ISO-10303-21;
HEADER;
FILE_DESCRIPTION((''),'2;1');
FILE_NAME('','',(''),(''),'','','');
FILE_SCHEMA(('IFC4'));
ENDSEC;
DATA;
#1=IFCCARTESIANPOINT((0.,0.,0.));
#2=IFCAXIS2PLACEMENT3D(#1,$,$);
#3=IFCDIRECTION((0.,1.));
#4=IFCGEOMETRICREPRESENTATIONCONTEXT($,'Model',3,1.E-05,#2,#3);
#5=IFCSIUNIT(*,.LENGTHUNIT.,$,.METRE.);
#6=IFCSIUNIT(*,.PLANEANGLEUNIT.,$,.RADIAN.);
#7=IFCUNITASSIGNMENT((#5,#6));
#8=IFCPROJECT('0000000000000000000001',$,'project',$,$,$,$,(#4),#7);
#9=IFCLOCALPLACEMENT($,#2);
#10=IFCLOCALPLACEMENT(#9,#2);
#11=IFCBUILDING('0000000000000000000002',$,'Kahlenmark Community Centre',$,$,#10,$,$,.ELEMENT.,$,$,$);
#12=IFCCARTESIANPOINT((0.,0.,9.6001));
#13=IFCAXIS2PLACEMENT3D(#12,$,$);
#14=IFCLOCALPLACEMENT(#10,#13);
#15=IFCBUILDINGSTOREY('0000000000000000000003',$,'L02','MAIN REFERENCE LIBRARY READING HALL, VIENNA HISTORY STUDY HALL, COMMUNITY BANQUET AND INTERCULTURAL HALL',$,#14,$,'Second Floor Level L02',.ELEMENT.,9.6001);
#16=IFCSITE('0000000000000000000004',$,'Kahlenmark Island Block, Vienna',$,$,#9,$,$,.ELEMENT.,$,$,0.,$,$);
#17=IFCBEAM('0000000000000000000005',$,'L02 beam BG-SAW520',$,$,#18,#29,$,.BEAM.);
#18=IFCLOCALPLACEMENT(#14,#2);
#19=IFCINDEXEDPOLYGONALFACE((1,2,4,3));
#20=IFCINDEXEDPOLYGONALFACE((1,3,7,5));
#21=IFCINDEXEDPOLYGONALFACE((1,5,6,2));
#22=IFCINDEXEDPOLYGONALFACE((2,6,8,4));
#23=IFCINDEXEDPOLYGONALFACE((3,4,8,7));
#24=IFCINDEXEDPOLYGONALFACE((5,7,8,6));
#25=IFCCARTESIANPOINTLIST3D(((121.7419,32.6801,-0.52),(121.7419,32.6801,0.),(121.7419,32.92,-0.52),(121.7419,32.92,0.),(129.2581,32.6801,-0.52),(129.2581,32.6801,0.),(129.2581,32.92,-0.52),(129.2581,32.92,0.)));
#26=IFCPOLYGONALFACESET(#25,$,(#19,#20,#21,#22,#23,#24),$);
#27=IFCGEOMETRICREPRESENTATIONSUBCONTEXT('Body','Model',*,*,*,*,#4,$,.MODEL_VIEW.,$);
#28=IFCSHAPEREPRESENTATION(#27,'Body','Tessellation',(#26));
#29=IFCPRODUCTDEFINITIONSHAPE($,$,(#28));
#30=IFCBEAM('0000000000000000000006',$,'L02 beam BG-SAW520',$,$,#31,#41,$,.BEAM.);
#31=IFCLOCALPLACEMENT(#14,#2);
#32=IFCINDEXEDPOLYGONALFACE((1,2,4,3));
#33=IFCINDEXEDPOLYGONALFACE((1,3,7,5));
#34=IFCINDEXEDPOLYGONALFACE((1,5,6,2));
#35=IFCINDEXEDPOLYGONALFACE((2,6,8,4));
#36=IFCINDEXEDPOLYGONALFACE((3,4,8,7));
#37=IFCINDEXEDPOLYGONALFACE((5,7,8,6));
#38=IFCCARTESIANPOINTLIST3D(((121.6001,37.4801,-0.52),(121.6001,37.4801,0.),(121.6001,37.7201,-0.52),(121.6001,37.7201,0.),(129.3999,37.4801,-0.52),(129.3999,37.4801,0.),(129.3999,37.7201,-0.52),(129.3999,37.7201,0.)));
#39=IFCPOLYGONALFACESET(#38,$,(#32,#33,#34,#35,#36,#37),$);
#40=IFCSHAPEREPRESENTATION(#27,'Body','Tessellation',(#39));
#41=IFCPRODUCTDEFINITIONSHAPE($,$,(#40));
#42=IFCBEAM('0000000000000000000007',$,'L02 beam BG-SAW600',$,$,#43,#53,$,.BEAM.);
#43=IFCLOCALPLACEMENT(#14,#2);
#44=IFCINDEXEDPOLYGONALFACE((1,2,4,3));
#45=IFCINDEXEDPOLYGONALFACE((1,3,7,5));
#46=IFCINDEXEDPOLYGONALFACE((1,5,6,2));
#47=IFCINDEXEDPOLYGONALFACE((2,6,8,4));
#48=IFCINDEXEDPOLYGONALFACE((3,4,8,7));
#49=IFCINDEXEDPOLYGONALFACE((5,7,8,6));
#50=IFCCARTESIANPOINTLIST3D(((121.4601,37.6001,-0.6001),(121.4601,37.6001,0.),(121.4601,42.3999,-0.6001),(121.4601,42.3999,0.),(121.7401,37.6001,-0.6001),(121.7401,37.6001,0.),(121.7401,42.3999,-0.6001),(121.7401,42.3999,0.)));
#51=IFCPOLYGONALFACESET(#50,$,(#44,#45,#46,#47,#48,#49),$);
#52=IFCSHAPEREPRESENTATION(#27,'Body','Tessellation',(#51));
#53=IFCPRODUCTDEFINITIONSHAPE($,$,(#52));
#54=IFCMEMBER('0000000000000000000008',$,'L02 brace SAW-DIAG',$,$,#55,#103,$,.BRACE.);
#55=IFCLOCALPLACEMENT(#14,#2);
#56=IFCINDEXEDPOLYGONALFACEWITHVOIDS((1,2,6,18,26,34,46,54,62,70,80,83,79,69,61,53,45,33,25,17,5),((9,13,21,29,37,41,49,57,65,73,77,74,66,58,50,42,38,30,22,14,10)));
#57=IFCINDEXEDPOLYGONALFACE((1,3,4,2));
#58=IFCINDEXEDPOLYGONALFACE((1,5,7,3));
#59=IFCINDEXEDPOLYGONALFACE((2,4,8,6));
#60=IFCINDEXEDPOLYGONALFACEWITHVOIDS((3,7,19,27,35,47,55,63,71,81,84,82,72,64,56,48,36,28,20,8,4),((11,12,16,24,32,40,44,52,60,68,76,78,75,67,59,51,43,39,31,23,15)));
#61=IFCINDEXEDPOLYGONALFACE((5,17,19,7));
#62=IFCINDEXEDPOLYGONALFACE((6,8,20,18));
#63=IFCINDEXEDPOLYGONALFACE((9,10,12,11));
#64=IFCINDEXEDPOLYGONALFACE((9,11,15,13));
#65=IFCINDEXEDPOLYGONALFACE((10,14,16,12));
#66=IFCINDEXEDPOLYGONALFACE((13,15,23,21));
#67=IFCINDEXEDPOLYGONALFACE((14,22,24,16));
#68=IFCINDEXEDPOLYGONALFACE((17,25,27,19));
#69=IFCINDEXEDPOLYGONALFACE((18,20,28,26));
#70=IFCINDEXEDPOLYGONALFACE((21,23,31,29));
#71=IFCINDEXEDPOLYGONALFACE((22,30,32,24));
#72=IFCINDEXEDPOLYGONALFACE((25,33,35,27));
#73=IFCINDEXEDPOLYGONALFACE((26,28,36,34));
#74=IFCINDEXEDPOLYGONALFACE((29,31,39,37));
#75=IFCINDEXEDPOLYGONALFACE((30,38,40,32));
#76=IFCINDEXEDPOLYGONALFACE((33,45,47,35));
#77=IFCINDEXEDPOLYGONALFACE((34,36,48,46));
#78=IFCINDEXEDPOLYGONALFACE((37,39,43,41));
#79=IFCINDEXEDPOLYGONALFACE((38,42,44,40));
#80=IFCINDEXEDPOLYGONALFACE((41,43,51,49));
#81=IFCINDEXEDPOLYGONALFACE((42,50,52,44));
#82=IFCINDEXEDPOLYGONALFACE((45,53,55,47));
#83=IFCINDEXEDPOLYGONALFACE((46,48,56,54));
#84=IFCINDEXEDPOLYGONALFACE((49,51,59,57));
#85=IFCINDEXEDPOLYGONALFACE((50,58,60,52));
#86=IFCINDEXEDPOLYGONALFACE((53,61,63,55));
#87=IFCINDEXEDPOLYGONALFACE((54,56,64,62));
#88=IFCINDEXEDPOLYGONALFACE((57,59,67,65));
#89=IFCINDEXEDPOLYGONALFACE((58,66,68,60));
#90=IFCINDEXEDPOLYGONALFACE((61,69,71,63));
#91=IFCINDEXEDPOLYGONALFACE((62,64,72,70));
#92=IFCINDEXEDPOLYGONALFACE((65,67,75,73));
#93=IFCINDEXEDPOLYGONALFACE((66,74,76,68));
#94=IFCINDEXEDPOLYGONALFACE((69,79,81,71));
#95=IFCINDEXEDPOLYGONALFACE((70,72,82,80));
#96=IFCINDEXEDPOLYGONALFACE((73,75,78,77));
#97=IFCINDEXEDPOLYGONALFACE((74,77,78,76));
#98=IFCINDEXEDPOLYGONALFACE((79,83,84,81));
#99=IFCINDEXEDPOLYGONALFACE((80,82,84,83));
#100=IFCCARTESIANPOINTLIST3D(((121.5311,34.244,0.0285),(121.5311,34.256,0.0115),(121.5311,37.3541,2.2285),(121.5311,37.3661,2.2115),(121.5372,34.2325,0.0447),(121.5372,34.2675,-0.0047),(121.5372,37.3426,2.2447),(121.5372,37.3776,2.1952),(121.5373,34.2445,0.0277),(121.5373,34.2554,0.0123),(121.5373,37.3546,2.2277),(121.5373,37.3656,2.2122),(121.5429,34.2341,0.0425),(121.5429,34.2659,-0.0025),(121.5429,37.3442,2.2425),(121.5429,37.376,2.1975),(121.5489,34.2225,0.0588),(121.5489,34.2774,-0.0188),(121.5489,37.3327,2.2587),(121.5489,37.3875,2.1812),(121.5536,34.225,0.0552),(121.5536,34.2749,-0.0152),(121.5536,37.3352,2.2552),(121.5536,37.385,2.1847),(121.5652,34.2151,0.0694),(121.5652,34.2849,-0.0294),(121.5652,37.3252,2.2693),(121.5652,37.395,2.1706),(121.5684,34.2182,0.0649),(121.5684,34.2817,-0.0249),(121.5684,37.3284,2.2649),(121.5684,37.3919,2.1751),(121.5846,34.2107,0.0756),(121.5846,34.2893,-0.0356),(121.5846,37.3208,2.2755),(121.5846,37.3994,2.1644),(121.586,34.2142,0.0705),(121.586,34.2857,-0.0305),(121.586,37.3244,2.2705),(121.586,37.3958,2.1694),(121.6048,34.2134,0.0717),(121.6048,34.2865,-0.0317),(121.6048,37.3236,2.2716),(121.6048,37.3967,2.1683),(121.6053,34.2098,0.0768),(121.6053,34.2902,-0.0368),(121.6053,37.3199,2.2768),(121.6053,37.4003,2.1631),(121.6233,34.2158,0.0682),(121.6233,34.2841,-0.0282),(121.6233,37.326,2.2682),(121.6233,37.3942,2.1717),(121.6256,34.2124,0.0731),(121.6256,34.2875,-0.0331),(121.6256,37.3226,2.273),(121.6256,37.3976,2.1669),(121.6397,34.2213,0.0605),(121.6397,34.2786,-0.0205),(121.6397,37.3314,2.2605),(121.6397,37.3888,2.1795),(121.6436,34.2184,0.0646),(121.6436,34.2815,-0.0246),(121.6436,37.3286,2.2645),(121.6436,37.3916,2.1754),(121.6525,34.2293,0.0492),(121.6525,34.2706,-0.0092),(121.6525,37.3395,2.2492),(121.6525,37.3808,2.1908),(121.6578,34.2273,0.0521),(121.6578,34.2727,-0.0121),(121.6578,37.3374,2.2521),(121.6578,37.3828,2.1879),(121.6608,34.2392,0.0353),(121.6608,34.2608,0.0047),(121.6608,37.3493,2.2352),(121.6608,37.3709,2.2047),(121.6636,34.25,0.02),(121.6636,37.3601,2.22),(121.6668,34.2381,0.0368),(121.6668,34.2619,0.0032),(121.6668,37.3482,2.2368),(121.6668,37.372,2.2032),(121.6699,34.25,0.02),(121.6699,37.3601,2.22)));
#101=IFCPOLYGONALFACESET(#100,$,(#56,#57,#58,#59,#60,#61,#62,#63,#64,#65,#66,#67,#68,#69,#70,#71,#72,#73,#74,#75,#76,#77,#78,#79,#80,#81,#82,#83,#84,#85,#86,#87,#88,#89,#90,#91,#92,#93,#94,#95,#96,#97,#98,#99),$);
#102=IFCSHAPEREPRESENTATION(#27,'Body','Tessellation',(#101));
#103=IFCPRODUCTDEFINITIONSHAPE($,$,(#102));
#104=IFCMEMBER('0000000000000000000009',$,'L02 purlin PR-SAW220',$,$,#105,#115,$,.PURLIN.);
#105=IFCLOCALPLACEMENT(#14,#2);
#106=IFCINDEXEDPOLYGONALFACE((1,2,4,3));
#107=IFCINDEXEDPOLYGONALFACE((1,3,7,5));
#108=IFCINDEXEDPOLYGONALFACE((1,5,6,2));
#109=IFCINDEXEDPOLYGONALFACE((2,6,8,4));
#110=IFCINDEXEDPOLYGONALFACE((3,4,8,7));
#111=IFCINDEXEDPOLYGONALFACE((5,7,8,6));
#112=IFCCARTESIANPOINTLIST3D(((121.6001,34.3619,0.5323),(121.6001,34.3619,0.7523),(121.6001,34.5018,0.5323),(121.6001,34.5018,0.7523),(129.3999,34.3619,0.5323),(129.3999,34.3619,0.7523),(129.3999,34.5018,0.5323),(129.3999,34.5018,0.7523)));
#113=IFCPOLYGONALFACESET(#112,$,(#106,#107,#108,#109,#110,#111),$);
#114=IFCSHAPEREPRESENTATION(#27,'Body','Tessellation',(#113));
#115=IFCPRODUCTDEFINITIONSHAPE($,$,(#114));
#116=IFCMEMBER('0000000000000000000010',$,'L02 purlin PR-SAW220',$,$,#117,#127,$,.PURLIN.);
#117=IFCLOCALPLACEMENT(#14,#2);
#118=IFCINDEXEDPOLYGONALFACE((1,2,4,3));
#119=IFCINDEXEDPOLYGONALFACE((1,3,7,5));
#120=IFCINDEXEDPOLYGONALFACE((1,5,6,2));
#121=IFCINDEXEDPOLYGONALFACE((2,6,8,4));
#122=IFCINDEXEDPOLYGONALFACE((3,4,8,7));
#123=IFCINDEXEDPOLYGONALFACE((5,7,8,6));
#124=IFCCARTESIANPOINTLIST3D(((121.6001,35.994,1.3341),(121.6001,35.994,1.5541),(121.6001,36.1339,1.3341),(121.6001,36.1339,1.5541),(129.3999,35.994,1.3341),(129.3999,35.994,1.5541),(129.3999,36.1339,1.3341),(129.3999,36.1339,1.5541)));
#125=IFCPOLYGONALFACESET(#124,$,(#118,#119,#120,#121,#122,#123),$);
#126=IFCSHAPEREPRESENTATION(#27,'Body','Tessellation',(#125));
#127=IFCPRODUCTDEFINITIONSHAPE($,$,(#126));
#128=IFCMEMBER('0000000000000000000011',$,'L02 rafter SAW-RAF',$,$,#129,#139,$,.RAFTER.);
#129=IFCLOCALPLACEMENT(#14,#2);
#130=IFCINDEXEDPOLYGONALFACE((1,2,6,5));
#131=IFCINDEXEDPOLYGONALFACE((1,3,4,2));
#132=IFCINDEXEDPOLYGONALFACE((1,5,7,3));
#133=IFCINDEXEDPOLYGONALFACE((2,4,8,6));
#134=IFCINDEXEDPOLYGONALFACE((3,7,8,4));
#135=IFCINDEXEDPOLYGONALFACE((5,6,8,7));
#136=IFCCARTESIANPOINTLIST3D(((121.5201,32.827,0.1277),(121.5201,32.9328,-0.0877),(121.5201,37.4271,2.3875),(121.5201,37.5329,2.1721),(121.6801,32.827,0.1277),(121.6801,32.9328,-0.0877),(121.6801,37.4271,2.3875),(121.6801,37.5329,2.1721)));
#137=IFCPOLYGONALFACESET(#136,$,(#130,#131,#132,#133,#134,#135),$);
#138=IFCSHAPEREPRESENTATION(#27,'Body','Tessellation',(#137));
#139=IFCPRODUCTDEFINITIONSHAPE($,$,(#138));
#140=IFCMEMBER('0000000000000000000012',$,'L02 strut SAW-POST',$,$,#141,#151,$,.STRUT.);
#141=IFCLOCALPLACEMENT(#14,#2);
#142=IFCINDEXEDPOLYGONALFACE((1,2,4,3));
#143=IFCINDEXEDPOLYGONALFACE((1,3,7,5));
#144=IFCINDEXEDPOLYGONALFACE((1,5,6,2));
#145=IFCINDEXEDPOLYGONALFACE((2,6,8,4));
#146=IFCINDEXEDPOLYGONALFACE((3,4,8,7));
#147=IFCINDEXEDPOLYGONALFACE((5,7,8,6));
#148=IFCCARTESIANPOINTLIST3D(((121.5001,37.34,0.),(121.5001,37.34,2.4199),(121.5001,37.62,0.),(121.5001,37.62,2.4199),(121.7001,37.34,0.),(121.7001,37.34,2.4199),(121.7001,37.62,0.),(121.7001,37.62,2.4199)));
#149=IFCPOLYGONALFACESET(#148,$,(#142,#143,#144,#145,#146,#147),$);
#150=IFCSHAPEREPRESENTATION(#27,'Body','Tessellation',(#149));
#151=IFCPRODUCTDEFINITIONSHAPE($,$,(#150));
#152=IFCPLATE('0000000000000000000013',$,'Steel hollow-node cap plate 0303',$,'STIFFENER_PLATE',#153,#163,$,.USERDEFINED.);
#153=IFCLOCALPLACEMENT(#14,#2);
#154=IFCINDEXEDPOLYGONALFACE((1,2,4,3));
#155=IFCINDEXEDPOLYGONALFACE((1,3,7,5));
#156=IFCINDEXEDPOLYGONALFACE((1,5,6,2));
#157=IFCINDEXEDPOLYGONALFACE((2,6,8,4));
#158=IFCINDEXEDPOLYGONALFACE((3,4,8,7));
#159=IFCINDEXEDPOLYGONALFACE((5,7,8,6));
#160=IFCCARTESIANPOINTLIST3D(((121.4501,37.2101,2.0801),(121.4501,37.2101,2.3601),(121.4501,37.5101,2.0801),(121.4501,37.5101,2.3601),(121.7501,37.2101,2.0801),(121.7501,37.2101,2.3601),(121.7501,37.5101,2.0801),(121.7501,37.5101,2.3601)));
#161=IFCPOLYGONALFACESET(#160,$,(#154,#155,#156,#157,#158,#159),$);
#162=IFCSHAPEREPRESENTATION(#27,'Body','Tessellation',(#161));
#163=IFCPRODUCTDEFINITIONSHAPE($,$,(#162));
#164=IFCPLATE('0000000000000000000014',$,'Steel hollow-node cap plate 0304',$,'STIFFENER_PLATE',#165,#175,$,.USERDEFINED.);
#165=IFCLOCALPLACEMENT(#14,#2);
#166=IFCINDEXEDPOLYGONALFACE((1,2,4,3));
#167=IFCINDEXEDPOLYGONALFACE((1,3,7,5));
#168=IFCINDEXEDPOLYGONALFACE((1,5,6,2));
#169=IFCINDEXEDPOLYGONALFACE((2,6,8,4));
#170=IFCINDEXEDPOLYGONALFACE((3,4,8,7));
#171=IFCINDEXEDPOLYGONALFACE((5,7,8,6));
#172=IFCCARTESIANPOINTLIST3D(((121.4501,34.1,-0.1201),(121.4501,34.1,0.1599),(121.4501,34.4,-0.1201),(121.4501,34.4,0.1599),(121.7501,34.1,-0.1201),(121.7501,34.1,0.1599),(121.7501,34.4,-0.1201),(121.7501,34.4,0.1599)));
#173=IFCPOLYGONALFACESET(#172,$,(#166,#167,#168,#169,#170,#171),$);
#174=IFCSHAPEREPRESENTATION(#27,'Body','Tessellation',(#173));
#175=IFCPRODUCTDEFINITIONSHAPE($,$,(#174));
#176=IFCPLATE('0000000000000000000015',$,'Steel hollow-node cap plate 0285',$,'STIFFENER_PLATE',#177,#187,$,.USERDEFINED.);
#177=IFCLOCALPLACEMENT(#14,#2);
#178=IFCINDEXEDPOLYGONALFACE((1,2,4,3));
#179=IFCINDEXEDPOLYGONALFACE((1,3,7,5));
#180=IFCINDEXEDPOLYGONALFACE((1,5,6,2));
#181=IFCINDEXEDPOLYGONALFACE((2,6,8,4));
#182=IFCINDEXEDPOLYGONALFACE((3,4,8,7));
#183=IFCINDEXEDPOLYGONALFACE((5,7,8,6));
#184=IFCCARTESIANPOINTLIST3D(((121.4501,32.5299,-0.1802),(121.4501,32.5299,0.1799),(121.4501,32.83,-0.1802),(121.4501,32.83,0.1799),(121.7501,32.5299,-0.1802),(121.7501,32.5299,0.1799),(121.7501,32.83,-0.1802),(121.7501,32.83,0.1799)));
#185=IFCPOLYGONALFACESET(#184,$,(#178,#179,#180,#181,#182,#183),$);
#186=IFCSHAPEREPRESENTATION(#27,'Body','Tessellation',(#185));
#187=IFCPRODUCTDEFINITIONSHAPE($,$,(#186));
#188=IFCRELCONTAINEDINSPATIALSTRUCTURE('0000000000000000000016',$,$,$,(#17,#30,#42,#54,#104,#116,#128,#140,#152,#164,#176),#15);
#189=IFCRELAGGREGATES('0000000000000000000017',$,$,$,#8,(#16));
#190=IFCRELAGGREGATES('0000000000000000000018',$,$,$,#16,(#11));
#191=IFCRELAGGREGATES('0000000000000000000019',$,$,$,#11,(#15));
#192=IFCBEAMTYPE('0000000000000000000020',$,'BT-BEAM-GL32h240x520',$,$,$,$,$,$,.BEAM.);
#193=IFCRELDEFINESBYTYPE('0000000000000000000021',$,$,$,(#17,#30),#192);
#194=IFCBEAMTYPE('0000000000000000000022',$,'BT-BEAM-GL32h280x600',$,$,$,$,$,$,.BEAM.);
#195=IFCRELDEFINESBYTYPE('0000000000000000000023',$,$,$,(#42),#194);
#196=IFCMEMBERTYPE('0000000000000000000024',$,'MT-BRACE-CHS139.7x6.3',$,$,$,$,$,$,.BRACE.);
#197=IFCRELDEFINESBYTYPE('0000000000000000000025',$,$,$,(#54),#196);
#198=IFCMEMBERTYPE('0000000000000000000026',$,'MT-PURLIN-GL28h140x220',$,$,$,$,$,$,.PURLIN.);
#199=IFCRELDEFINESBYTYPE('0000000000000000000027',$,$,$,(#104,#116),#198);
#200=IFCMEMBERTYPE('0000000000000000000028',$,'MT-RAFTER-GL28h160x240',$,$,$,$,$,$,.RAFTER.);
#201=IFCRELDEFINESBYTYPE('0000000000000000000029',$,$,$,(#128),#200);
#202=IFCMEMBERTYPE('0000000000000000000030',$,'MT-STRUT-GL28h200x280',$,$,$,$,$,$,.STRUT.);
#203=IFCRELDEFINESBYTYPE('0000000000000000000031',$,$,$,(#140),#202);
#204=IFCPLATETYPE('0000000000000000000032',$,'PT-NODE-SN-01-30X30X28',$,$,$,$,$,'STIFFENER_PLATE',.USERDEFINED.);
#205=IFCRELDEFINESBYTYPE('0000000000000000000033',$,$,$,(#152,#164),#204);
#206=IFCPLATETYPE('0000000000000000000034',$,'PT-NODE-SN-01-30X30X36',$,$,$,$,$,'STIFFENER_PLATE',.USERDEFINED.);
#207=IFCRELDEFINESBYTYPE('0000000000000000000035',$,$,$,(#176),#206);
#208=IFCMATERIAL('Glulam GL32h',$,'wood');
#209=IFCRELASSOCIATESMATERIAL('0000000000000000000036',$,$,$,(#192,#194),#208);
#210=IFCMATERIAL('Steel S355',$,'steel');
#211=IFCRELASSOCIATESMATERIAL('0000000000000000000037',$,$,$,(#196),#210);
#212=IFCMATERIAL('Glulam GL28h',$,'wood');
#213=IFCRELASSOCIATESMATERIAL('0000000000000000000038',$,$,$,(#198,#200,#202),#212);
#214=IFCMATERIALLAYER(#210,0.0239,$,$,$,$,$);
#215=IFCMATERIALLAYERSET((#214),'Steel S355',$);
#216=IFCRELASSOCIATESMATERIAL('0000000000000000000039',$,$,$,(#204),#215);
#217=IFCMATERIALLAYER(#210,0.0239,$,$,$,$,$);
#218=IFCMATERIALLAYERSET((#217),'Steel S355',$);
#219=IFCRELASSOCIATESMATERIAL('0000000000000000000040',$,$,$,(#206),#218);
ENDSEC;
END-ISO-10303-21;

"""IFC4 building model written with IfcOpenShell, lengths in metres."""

from ifc_helpers import new_model, si_unit, direction, frame, origin, origin_2d, place, context, subcontext, project, spatial, rectangle, hollow_circle, extrude, material, layer, layer_set, material_profile, profile_set, type_object, element, save


model = new_model("IFC4")

# Units and contexts
model_context = context("Model", 3, precision=1e-05, world=origin(), true_north=direction((0.0, 1.0)))
body_context = subcontext(model_context, "Body", "Model", "MODEL_VIEW")
ifc_project = project(units=[si_unit("LENGTHUNIT", "METRE"), si_unit("PLANEANGLEUNIT", "RADIAN")], contexts=[model_context])

# Site, building, storey
site_placement = place(None, origin())
site = spatial("IfcSite", under=ifc_project, at=site_placement, Name="Kahlenmark Island Block, Vienna", CompositionType="ELEMENT", RefElevation=0.0)
building_placement = place(site_placement, origin())
building = spatial("IfcBuilding", under=site, at=building_placement, Name="Kahlenmark Community Centre", CompositionType="ELEMENT")
storey_placement = place(building_placement, frame((0.0, 0.0, 9.6001)))
storey = spatial("IfcBuildingStorey", under=building, at=storey_placement, Name="L02", Description="MAIN REFERENCE LIBRARY READING HALL, VIENNA HISTORY STUDY HALL, COMMUNITY BANQUET AND INTERCULTURAL HALL", LongName="Second Floor Level L02", CompositionType="ELEMENT", Elevation=9.6001)

# Beams
ifc_material_1 = material(Name="Glulam GL32h", Category="wood")
ifc_material_profile_1 = material_profile(ifc_material_1, rectangle(XDim=0.24, YDim=0.52, at=origin_2d()), Name="GL32h 240x520")
ifc_profile_set_1 = profile_set([ifc_material_profile_1], Name="Glulam GL32h")
beam_type_1 = type_object("IfcBeamType", Name="BT-BEAM-GL32h240x520", PredefinedType="BEAM", material=ifc_profile_set_1)
beam_1_placement = place(storey_placement, frame((121.7419, 32.8, -0.26), z_axis=(1.0, 0.0, 0.0), x_axis=(0.0, 1.0, 0.0)))
element("IfcBeam", 1, at=beam_1_placement, inside=storey, type_object=beam_type_1, Name="L02 beam BG-SAW520", PredefinedType="BEAM", context=body_context, shape_type="SweptSolid", body=[
    extrude(rectangle(XDim=0.24, YDim=0.52, at=origin_2d()), origin(), (0.0, 0.0, 1.0), 7.5161),
])
beam_2_placement = place(storey_placement, frame((121.6001, 37.6001, -0.26), z_axis=(1.0, 0.0, 0.0), x_axis=(0.0, 1.0, 0.0)))
element("IfcBeam", 2, at=beam_2_placement, inside=storey, type_object=beam_type_1, Name="L02 beam BG-SAW520", PredefinedType="BEAM", context=body_context, shape_type="SweptSolid", body=[
    extrude(rectangle(XDim=0.24, YDim=0.52, at=origin_2d()), origin(), (0.0, 0.0, 1.0), 7.7998),
])
ifc_material_profile_2 = material_profile(ifc_material_1, rectangle(XDim=0.28, YDim=0.6001, at=origin_2d()), Name="GL32h 280x600")
ifc_profile_set_2 = profile_set([ifc_material_profile_2], Name="Glulam GL32h")
beam_type_2 = type_object("IfcBeamType", Name="BT-BEAM-GL32h280x600", PredefinedType="BEAM", material=ifc_profile_set_2)
beam_3_placement = place(storey_placement, frame((121.6001, 37.6001, -0.3), z_axis=(0.0, 1.0, 0.0), x_axis=(-1.0, 0.0, 0.0)))
element("IfcBeam", 3, at=beam_3_placement, inside=storey, type_object=beam_type_2, Name="L02 beam BG-SAW600", PredefinedType="BEAM", context=body_context, shape_type="SweptSolid", body=[
    extrude(rectangle(XDim=0.28, YDim=0.6001, at=origin_2d()), origin(), (0.0, 0.0, 1.0), 4.7998),
])

# Members
ifc_material_2 = material(Name="Steel S355", Category="steel")
ifc_material_profile_3 = material_profile(ifc_material_2, hollow_circle(Radius=0.0698, WallThickness=0.0063, at=origin_2d()), Name="CHS 139.7x6.3")
ifc_profile_set_3 = profile_set([ifc_material_profile_3], Name="Steel S355")
member_type_1 = type_object("IfcMemberType", Name="MT-BRACE-CHS139.7x6.3", PredefinedType="BRACE", material=ifc_profile_set_3)
member_1_placement = place(storey_placement, frame((121.6001, 37.3601, 2.22), z_axis=(0.0, -0.816401, -0.577486), x_axis=(1.0, 0.0, 0.0)))
element("IfcMember", 4, at=member_1_placement, inside=storey, type_object=member_type_1, Name="L02 brace SAW-DIAG", PredefinedType="BRACE", context=body_context, shape_type="SweptSolid", body=[
    extrude(hollow_circle(Radius=0.0698, WallThickness=0.0063, at=origin_2d()), origin(), (0.0, 0.0, 1.0), 3.8096),
])
ifc_material_3 = material(Name="Glulam GL28h", Category="wood")
ifc_material_profile_4 = material_profile(ifc_material_3, rectangle(XDim=0.1399, YDim=0.22, at=origin_2d()), Name="GL28h 140x220")
ifc_profile_set_4 = profile_set([ifc_material_profile_4], Name="Glulam GL28h")
member_type_2 = type_object("IfcMemberType", Name="MT-PURLIN-GL28h140x220", PredefinedType="PURLIN", material=ifc_profile_set_4)
for number, where, z_axis, x_axis, name in (
    (5, (121.6001, 34.4319, 0.6423), (1.0, 0.0, 0.0), (0.0, 1.0, 0.0), "L02 purlin PR-SAW220"),
    (6, (121.6001, 36.064, 1.4441), (1.0, 0.0, 0.0), (0.0, 1.0, 0.0), "L02 purlin PR-SAW220"),
):
    element("IfcMember", number, at=place(storey_placement, frame(where, z_axis=z_axis, x_axis=x_axis)), inside=storey, type_object=member_type_2, Name=name, PredefinedType="PURLIN", context=body_context, shape_type="SweptSolid", body=[
        extrude(rectangle(XDim=0.1399, YDim=0.22, at=origin_2d()), origin(), (0.0, 0.0, 1.0), 7.7998),
    ])
ifc_material_profile_5 = material_profile(ifc_material_3, rectangle(XDim=0.1599, YDim=0.24, at=origin_2d()), Name="GL28h 160x240")
ifc_profile_set_5 = profile_set([ifc_material_profile_5], Name="Glulam GL28h")
member_type_3 = type_object("IfcMemberType", Name="MT-RAFTER-GL28h160x240", PredefinedType="RAFTER", material=ifc_profile_set_5)
member_2_placement = place(storey_placement, frame((121.6001, 32.8799, 0.02), z_axis=(0.0, 0.897549, 0.440915), x_axis=(-1.0, 0.0, 0.0)))
element("IfcMember", 7, at=member_2_placement, inside=storey, type_object=member_type_3, Name="L02 rafter SAW-RAF", PredefinedType="RAFTER", context=body_context, shape_type="SweptSolid", body=[
    extrude(rectangle(XDim=0.1599, YDim=0.24, at=origin_2d()), origin(), (0.0, 0.0, 1.0), 5.1252),
])
ifc_material_profile_6 = material_profile(ifc_material_3, rectangle(XDim=0.2, YDim=0.28, at=origin_2d()), Name="GL28h 200x280")
ifc_profile_set_6 = profile_set([ifc_material_profile_6], Name="Glulam GL28h")
member_type_4 = type_object("IfcMemberType", Name="MT-STRUT-GL28h200x280", PredefinedType="STRUT", material=ifc_profile_set_6)
member_3_placement = place(storey_placement, frame((121.6001, 37.48, 0.0), z_axis=(0.0, 0.0, 1.0), x_axis=(1.0, 0.0, 0.0)))
element("IfcMember", 8, at=member_3_placement, inside=storey, type_object=member_type_4, Name="L02 strut SAW-POST", PredefinedType="STRUT", context=body_context, shape_type="SweptSolid", body=[
    extrude(rectangle(XDim=0.2, YDim=0.28, at=origin_2d()), origin(), (0.0, 0.0, 1.0), 2.4199),
])

# Plates
ifc_layer_1 = layer(ifc_material_2, 0.0239)
ifc_layer_set_1 = layer_set([ifc_layer_1], Name="Steel S355")
plate_type_1 = type_object("IfcPlateType", Name="PT-NODE-SN-01-30X30X28", ElementType="STIFFENER_PLATE", PredefinedType="USERDEFINED", material=ifc_layer_set_1)
for number, where, z_axis, x_axis, name in (
    (9, (121.6001, 37.3601, 2.0801), (0.0, 0.0, 1.0), (1.0, 0.0, 0.0), "Steel hollow-node cap plate 0303"),
    (10, (121.6001, 34.25, -0.1201), (0.0, 0.0, 1.0), (1.0, 0.0, 0.0), "Steel hollow-node cap plate 0304"),
):
    element("IfcPlate", number, at=place(storey_placement, frame(where, z_axis=z_axis, x_axis=x_axis)), inside=storey, type_object=plate_type_1, Name=name, ObjectType="STIFFENER_PLATE", PredefinedType="USERDEFINED", context=body_context, shape_type="SweptSolid", body=[
        extrude(rectangle(XDim=0.3, YDim=0.3, at=origin_2d()), origin(), (0.0, 0.0, 1.0), 0.28),
    ])
ifc_layer_2 = layer(ifc_material_2, 0.0239)
ifc_layer_set_2 = layer_set([ifc_layer_2], Name="Steel S355")
plate_type_2 = type_object("IfcPlateType", Name="PT-NODE-SN-01-30X30X36", ElementType="STIFFENER_PLATE", PredefinedType="USERDEFINED", material=ifc_layer_set_2)
for number, where, z_axis, x_axis, name in (
    (11, (121.6001, 32.6799, -0.1802), (0.0, 0.0, 1.0), (1.0, 0.0, 0.0), "Steel hollow-node cap plate 0285"),
):
    element("IfcPlate", number, at=place(storey_placement, frame(where, z_axis=z_axis, x_axis=x_axis)), inside=storey, type_object=plate_type_2, Name=name, ObjectType="STIFFENER_PLATE", PredefinedType="USERDEFINED", context=body_context, shape_type="SweptSolid", body=[
        extrude(rectangle(XDim=0.3, YDim=0.3, at=origin_2d()), origin(), (0.0, 0.0, 1.0), 0.3601),
    ])

save(model, "model.ifc")
